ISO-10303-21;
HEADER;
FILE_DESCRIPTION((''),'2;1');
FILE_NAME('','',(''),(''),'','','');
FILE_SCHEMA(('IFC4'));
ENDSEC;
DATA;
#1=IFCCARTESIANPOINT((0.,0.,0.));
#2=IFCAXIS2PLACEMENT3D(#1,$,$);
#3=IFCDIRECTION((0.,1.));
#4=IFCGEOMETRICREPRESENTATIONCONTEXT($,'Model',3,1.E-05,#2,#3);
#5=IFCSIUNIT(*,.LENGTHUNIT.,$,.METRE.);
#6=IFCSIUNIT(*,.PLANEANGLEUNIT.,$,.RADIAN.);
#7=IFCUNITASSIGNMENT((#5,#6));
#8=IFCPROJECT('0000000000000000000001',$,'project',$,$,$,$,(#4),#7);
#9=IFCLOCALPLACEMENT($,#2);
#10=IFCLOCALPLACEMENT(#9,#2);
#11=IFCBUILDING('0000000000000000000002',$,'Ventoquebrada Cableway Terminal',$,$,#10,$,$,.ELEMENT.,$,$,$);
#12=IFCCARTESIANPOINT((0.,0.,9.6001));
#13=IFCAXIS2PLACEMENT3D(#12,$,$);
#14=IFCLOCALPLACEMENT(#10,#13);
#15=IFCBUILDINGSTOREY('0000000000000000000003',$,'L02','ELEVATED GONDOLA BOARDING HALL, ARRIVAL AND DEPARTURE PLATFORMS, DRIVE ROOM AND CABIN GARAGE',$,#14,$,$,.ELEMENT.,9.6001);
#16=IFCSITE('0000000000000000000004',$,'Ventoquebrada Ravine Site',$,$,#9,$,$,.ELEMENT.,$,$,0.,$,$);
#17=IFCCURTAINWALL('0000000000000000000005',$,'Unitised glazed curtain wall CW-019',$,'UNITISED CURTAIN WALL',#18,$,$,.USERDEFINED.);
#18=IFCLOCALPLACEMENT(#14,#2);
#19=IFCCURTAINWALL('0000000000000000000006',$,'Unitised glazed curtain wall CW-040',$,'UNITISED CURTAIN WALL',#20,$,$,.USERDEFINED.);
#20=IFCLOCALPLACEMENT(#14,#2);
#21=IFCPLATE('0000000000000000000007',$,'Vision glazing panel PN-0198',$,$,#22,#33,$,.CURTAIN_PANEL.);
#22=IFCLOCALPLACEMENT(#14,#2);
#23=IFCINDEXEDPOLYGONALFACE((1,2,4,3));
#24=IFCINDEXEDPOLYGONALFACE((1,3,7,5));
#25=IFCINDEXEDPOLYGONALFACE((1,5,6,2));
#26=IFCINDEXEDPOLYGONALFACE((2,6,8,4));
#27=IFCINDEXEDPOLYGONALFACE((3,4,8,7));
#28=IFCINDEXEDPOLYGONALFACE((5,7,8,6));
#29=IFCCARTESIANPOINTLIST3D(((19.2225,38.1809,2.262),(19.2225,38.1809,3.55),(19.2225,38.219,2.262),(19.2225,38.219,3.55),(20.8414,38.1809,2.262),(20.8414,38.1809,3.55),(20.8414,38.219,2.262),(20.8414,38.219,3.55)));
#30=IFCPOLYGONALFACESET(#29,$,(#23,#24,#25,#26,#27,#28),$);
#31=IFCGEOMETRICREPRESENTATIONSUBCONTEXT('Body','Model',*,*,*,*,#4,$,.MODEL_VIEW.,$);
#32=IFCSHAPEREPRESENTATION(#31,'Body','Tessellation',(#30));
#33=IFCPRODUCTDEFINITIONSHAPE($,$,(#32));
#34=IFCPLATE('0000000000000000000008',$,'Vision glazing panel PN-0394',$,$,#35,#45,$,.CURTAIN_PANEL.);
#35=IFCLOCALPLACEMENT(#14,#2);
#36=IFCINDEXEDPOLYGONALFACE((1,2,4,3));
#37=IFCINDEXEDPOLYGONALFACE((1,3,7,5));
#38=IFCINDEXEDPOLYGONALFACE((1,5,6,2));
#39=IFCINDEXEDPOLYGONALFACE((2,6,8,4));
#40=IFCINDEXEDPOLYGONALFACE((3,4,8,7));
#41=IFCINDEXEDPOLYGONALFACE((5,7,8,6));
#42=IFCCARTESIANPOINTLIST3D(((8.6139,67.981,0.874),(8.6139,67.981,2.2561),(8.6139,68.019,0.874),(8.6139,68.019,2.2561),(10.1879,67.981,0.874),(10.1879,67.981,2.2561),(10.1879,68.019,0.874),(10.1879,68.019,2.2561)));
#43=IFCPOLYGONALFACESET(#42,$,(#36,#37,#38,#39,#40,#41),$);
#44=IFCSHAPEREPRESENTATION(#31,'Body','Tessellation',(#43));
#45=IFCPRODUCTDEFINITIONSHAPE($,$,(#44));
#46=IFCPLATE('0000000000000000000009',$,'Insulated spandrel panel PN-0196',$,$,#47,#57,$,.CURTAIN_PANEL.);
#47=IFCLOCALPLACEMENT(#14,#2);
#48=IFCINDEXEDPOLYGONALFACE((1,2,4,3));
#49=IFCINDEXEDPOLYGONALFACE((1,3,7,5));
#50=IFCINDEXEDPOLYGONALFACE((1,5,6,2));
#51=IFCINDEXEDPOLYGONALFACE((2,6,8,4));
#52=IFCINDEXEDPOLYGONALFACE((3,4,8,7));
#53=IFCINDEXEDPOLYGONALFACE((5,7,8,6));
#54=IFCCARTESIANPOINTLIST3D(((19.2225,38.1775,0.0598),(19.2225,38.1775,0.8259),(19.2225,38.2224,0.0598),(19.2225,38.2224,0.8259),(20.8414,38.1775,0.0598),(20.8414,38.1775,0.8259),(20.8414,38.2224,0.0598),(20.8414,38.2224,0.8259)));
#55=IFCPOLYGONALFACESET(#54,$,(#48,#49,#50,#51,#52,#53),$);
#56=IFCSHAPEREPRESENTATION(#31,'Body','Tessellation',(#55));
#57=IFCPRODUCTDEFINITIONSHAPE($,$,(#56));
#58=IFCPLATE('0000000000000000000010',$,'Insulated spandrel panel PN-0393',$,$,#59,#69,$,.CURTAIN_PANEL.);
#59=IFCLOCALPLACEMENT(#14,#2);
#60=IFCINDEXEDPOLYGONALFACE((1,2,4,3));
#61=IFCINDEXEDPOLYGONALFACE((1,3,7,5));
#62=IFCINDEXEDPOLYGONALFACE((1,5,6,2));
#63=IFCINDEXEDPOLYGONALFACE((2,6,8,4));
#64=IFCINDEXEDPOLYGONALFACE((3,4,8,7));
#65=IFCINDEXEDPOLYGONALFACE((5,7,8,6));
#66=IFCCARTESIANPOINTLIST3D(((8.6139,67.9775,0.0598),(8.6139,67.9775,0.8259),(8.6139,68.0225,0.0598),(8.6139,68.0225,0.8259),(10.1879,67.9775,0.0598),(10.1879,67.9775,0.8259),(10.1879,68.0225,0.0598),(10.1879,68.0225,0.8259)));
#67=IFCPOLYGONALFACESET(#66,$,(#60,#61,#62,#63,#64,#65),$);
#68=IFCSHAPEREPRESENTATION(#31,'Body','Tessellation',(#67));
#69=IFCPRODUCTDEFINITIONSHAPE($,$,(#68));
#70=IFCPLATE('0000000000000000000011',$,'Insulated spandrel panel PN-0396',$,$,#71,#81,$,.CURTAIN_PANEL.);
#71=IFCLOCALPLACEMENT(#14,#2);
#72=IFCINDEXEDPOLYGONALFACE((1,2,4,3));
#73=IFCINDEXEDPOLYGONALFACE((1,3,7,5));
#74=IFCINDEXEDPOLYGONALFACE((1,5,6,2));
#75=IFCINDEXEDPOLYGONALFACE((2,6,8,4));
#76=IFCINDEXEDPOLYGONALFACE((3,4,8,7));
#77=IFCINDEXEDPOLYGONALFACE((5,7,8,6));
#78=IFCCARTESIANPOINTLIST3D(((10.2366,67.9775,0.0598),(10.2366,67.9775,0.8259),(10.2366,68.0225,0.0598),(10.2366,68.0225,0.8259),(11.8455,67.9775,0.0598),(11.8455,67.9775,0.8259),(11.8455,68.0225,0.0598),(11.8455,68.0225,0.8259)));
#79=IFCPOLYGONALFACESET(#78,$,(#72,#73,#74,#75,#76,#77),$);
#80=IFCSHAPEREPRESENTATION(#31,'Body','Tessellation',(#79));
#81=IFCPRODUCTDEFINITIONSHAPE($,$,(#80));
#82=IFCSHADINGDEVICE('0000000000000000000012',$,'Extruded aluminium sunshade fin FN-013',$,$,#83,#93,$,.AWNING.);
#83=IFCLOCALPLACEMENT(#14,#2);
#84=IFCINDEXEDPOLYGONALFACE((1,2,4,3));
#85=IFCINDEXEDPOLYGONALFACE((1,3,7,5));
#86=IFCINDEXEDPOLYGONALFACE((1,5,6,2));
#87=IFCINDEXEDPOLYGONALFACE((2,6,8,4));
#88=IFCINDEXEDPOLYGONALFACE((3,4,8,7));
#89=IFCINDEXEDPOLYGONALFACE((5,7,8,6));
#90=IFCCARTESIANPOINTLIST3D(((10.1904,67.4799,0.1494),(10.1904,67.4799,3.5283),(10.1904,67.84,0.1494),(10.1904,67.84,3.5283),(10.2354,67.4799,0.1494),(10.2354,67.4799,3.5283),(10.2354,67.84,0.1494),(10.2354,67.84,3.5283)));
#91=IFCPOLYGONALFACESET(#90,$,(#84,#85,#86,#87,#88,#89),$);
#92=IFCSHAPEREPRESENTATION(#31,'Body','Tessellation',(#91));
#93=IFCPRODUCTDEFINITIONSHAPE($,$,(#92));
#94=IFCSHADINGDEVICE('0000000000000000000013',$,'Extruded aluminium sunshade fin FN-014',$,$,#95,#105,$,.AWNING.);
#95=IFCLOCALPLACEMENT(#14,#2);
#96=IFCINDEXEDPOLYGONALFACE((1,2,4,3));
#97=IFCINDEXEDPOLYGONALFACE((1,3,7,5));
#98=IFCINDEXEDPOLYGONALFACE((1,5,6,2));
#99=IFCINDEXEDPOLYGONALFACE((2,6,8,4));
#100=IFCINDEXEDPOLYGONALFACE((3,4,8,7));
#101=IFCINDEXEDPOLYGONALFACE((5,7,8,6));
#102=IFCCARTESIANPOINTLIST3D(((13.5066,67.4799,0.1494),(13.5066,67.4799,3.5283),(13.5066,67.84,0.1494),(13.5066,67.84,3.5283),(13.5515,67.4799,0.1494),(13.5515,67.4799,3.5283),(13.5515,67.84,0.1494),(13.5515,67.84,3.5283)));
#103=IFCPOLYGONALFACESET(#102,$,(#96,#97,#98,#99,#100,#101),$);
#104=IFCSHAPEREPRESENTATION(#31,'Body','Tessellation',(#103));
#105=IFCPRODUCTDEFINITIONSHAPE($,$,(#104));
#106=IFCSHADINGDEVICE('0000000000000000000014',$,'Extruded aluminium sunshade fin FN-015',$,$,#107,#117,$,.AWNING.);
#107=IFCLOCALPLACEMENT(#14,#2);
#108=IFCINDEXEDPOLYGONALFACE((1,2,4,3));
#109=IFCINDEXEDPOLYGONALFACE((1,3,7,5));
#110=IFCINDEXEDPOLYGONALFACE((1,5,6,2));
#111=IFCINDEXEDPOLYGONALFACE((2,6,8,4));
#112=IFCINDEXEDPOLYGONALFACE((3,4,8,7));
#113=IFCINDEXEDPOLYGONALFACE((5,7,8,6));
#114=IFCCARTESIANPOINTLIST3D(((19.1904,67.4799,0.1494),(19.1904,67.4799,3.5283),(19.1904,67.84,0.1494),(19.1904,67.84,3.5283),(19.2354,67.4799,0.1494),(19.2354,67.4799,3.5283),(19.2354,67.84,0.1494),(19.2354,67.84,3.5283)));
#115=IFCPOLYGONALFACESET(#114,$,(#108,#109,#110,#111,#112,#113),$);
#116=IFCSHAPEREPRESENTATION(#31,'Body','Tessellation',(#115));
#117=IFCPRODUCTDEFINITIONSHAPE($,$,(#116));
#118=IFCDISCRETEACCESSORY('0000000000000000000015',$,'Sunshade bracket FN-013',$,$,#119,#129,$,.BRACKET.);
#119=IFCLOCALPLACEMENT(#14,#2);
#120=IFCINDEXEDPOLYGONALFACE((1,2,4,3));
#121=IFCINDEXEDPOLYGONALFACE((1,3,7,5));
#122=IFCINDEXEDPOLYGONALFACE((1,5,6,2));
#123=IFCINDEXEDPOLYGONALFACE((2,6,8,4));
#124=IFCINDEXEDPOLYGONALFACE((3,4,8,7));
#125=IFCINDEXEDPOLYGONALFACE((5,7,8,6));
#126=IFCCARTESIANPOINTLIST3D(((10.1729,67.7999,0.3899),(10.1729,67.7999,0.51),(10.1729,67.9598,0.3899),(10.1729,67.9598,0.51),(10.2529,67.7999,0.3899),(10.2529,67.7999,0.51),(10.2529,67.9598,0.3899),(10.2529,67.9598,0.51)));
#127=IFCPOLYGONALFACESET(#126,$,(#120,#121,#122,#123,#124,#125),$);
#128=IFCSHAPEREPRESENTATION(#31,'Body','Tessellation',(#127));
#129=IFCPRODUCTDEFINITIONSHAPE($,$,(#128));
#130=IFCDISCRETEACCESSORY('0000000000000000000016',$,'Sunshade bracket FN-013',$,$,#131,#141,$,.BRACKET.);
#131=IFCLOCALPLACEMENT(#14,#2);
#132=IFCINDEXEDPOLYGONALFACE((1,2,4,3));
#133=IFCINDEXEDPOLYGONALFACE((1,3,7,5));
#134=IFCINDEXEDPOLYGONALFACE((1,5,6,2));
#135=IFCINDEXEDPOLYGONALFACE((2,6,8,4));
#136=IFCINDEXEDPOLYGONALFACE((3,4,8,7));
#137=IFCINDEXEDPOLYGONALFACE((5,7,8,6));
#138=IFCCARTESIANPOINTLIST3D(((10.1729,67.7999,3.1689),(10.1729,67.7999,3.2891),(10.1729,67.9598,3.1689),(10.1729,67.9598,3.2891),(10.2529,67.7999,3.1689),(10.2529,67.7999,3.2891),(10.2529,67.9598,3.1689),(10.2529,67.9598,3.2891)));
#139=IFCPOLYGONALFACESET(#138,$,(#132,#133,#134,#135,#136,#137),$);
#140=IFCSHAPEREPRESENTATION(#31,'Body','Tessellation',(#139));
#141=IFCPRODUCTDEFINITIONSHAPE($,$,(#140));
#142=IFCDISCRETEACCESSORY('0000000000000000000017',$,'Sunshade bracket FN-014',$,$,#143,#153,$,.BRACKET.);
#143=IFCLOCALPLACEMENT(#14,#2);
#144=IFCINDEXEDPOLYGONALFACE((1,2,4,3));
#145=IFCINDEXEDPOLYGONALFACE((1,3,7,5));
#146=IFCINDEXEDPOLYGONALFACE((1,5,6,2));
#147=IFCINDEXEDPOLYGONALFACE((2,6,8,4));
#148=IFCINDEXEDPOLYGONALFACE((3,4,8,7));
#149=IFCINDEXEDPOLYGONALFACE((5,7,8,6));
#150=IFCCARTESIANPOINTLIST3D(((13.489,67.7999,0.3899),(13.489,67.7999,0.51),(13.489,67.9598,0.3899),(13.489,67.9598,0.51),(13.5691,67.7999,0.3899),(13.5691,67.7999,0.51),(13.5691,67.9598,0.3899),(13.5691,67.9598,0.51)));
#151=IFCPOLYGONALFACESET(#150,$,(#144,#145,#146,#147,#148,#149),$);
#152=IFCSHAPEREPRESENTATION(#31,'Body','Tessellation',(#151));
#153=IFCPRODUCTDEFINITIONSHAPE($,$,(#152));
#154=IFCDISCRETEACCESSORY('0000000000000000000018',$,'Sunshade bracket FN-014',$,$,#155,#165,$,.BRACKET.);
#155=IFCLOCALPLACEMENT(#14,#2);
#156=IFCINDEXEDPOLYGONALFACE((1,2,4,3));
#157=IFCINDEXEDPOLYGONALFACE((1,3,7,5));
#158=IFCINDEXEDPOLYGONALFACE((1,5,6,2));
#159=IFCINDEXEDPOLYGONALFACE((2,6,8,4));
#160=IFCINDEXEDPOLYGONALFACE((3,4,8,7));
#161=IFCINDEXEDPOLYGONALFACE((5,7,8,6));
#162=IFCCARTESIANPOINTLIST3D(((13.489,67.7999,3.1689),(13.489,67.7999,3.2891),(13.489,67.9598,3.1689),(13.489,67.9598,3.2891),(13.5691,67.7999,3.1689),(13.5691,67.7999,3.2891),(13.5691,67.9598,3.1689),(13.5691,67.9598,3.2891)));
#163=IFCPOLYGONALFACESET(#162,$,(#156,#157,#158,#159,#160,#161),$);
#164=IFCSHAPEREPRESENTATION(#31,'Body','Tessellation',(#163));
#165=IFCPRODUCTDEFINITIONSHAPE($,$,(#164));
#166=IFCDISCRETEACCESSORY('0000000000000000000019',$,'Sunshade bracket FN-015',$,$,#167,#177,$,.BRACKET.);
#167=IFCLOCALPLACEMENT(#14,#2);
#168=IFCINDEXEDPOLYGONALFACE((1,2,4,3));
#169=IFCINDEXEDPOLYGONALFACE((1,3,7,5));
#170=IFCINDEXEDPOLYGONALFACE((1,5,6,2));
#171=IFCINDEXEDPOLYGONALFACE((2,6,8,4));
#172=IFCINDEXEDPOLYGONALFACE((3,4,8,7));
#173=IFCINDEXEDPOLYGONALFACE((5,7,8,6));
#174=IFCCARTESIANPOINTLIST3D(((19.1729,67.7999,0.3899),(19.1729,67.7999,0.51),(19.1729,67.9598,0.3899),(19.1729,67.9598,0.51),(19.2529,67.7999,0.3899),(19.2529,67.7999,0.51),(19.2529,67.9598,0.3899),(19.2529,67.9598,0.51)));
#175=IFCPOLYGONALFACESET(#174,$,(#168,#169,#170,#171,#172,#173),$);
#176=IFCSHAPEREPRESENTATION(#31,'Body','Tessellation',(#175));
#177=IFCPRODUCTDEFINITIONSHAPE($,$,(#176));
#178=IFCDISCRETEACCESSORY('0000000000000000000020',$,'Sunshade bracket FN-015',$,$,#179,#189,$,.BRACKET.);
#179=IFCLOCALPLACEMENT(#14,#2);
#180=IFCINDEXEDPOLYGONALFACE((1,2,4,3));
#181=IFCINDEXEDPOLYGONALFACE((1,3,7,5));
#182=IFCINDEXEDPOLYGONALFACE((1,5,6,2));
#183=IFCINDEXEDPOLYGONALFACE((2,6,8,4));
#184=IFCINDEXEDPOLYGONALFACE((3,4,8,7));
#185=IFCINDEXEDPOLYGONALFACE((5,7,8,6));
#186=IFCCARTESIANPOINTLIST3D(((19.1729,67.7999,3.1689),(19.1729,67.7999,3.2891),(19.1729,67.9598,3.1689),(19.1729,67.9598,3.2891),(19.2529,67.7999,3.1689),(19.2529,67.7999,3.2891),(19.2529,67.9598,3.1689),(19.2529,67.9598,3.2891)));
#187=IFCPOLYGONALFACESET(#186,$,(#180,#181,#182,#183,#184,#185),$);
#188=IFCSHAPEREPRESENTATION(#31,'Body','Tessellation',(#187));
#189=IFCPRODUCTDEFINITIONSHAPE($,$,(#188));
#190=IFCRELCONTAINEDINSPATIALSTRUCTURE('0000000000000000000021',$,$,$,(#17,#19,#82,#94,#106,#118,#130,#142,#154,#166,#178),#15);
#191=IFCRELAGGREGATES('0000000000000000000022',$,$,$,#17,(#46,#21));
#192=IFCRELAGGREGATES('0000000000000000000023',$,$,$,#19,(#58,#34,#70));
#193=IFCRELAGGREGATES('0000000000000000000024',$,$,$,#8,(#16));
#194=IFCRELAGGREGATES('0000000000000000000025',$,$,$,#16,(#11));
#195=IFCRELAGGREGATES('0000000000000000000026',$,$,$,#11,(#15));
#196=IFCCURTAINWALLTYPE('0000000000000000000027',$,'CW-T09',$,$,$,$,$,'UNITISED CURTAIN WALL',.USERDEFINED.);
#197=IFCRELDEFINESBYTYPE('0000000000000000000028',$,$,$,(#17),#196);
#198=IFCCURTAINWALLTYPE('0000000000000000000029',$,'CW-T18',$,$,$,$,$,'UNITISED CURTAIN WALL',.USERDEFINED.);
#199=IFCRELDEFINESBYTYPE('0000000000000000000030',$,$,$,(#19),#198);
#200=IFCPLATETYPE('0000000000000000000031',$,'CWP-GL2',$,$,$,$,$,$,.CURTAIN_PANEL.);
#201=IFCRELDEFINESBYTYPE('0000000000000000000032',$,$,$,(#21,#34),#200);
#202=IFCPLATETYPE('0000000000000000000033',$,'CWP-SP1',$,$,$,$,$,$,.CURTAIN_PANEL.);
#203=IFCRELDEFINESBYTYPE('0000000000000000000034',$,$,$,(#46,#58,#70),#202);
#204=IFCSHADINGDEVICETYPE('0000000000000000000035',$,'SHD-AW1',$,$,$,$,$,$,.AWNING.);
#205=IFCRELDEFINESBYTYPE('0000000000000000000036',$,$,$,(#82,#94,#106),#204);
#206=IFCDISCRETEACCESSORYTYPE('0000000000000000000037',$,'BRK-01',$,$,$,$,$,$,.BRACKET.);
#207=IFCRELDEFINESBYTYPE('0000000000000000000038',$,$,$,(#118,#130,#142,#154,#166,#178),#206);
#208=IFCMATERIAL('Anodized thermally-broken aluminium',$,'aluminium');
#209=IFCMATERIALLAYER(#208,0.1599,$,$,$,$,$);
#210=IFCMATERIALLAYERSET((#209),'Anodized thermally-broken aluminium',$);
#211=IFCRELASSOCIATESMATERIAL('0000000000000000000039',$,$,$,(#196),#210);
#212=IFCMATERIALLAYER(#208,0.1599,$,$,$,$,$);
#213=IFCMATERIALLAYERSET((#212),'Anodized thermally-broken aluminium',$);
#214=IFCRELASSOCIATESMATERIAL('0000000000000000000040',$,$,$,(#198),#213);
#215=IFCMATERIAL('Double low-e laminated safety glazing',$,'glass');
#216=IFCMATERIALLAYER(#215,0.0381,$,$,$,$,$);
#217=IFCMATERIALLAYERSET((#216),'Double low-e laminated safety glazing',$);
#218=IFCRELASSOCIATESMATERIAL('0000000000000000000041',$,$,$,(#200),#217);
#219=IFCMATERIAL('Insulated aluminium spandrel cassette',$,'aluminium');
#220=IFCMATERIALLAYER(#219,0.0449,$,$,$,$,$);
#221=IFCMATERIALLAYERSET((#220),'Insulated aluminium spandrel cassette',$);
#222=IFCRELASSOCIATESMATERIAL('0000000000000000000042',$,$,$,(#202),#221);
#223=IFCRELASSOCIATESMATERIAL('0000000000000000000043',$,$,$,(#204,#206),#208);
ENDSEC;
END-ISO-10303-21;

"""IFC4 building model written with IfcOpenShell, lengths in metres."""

from ifc_helpers import new_model, si_unit, direction, frame, origin, origin_2d, place, context, subcontext, project, spatial, rectangle, extrude, material, layer, layer_set, type_object, element, aggregate, save


model = new_model("IFC4")

# Units and contexts
model_context = context("Model", 3, precision=1e-05, world=origin(), true_north=direction((0.0, 1.0)))
body_context = subcontext(model_context, "Body", "Model", "MODEL_VIEW")
ifc_project = project(units=[si_unit("LENGTHUNIT", "METRE"), si_unit("PLANEANGLEUNIT", "RADIAN")], contexts=[model_context])

# Site, building, storey
site_placement = place(None, origin())
site = spatial("IfcSite", under=ifc_project, at=site_placement, Name="Ventoquebrada Ravine Site", CompositionType="ELEMENT", RefElevation=0.0)
building_placement = place(site_placement, origin())
building = spatial("IfcBuilding", under=site, at=building_placement, Name="Ventoquebrada Cableway Terminal", CompositionType="ELEMENT")
storey_placement = place(building_placement, frame((0.0, 0.0, 9.6001)))
storey = spatial("IfcBuildingStorey", under=building, at=storey_placement, Name="L02", Description="ELEVATED GONDOLA BOARDING HALL, ARRIVAL AND DEPARTURE PLATFORMS, DRIVE ROOM AND CABIN GARAGE", CompositionType="ELEMENT", Elevation=9.6001)

# Curtain wall
ifc_material_1 = material(Name="Anodized thermally-broken aluminium", Category="aluminium")
ifc_layer_1 = layer(ifc_material_1, 0.1599)
ifc_layer_set_1 = layer_set([ifc_layer_1], Name="Anodized thermally-broken aluminium")
curtain_wall_type_1 = type_object("IfcCurtainWallType", Name="CW-T09", ElementType="UNITISED CURTAIN WALL", PredefinedType="USERDEFINED", material=ifc_layer_set_1)
curtain_wall_1_placement = place(storey_placement, origin())
curtain_wall_1 = element("IfcCurtainWall", 1, at=curtain_wall_1_placement, inside=storey, type_object=curtain_wall_type_1, Name="Unitised glazed curtain wall CW-019", ObjectType="UNITISED CURTAIN WALL", PredefinedType="USERDEFINED")

# Curtain wall
ifc_layer_2 = layer(ifc_material_1, 0.1599)
ifc_layer_set_2 = layer_set([ifc_layer_2], Name="Anodized thermally-broken aluminium")
curtain_wall_type_2 = type_object("IfcCurtainWallType", Name="CW-T18", ElementType="UNITISED CURTAIN WALL", PredefinedType="USERDEFINED", material=ifc_layer_set_2)
curtain_wall_2_placement = place(storey_placement, origin())
curtain_wall_2 = element("IfcCurtainWall", 2, at=curtain_wall_2_placement, inside=storey, type_object=curtain_wall_type_2, Name="Unitised glazed curtain wall CW-040", ObjectType="UNITISED CURTAIN WALL", PredefinedType="USERDEFINED")

# Plates
ifc_material_2 = material(Name="Double low-e laminated safety glazing", Category="glass")
ifc_layer_3 = layer(ifc_material_2, 0.0381)
ifc_layer_set_3 = layer_set([ifc_layer_3], Name="Double low-e laminated safety glazing")
plate_type_1 = type_object("IfcPlateType", Name="CWP-GL2", PredefinedType="CURTAIN_PANEL", material=ifc_layer_set_3)
plate_1_placement = place(storey_placement, frame((20.032, 38.2, 2.262), z_axis=(0.0, 0.0, 1.0), x_axis=(-1.0, 0.0, 0.0)))
plate_1 = element("IfcPlate", 3, at=plate_1_placement, type_object=plate_type_1, Name="Vision glazing panel PN-0198", PredefinedType="CURTAIN_PANEL", context=body_context, shape_type="SweptSolid", body=[
    extrude(rectangle(XDim=1.6189, YDim=0.0381, at=origin_2d()), origin(), (0.0, 0.0, 1.0), 1.2881),
])
plate_2_placement = place(storey_placement, frame((9.4009, 68.0, 0.874), z_axis=(0.0, 0.0, 1.0), x_axis=(1.0, 0.0, 0.0)))
plate_2 = element("IfcPlate", 4, at=plate_2_placement, type_object=plate_type_1, Name="Vision glazing panel PN-0394", PredefinedType="CURTAIN_PANEL", context=body_context, shape_type="SweptSolid", body=[
    extrude(rectangle(XDim=1.574, YDim=0.0381, at=origin_2d()), origin(), (0.0, 0.0, 1.0), 1.3821),
])
ifc_material_3 = material(Name="Insulated aluminium spandrel cassette", Category="aluminium")
ifc_layer_4 = layer(ifc_material_3, 0.0449)
ifc_layer_set_4 = layer_set([ifc_layer_4], Name="Insulated aluminium spandrel cassette")
plate_type_2 = type_object("IfcPlateType", Name="CWP-SP1", PredefinedType="CURTAIN_PANEL", material=ifc_layer_set_4)
plate_3_placement = place(storey_placement, frame((20.032, 38.2, 0.0598), z_axis=(0.0, 0.0, 1.0), x_axis=(-1.0, 0.0, 0.0)))
plate_3 = element("IfcPlate", 5, at=plate_3_placement, type_object=plate_type_2, Name="Insulated spandrel panel PN-0196", PredefinedType="CURTAIN_PANEL", context=body_context, shape_type="SweptSolid", body=[
    extrude(rectangle(XDim=1.6189, YDim=0.0449, at=origin_2d()), origin(), (0.0, 0.0, 1.0), 0.7661),
])
aggregate(curtain_wall_1, [plate_3, plate_1])
plate_4_placement = place(storey_placement, frame((9.4009, 68.0, 0.0598), z_axis=(0.0, 0.0, 1.0), x_axis=(1.0, 0.0, 0.0)))
plate_4 = element("IfcPlate", 6, at=plate_4_placement, type_object=plate_type_2, Name="Insulated spandrel panel PN-0393", PredefinedType="CURTAIN_PANEL", context=body_context, shape_type="SweptSolid", body=[
    extrude(rectangle(XDim=1.574, YDim=0.0449, at=origin_2d()), origin(), (0.0, 0.0, 1.0), 0.7661),
])
plate_5_placement = place(storey_placement, frame((11.041, 68.0, 0.0598), z_axis=(0.0, 0.0, 1.0), x_axis=(1.0, 0.0, 0.0)))
plate_5 = element("IfcPlate", 7, at=plate_5_placement, type_object=plate_type_2, Name="Insulated spandrel panel PN-0396", PredefinedType="CURTAIN_PANEL", context=body_context, shape_type="SweptSolid", body=[
    extrude(rectangle(XDim=1.6089, YDim=0.0449, at=origin_2d()), origin(), (0.0, 0.0, 1.0), 0.7661),
])
aggregate(curtain_wall_2, [plate_4, plate_2, plate_5])

# Shading devices
shading_device_type = type_object("IfcShadingDeviceType", Name="SHD-AW1", PredefinedType="AWNING", material=ifc_material_1)
for number, where, z_axis, x_axis, name in (
    (8, (10.2129, 67.6599, 0.1494), (0.0, 0.0, 1.0), (1.0, 0.0, 0.0), "Extruded aluminium sunshade fin FN-013"),
    (9, (13.5291, 67.6599, 0.1494), (0.0, 0.0, 1.0), (1.0, 0.0, 0.0), "Extruded aluminium sunshade fin FN-014"),
    (10, (19.2129, 67.6599, 0.1494), (0.0, 0.0, 1.0), (1.0, 0.0, 0.0), "Extruded aluminium sunshade fin FN-015"),
):
    element("IfcShadingDevice", number, at=place(storey_placement, frame(where, z_axis=z_axis, x_axis=x_axis)), inside=storey, type_object=shading_device_type, Name=name, PredefinedType="AWNING", context=body_context, shape_type="SweptSolid", body=[
        extrude(rectangle(XDim=0.0449, YDim=0.3601, at=origin_2d()), origin(), (0.0, 0.0, 1.0), 3.3789),
    ])

# Discrete accessories
discrete_accessory_type = type_object("IfcDiscreteAccessoryType", Name="BRK-01", PredefinedType="BRACKET", material=ifc_material_1)
for number, where, z_axis, x_axis, name in (
    (11, (10.2129, 67.8799, 0.3899), (0.0, 0.0, 1.0), (1.0, 0.0, 0.0), "Sunshade bracket FN-013"),
    (12, (10.2129, 67.8799, 3.1689), (0.0, 0.0, 1.0), (1.0, 0.0, 0.0), "Sunshade bracket FN-013"),
    (13, (13.5291, 67.8799, 0.3899), (0.0, 0.0, 1.0), (1.0, 0.0, 0.0), "Sunshade bracket FN-014"),
    (14, (13.5291, 67.8799, 3.1689), (0.0, 0.0, 1.0), (1.0, 0.0, 0.0), "Sunshade bracket FN-014"),
    (15, (19.2129, 67.8799, 0.3899), (0.0, 0.0, 1.0), (1.0, 0.0, 0.0), "Sunshade bracket FN-015"),
    (16, (19.2129, 67.8799, 3.1689), (0.0, 0.0, 1.0), (1.0, 0.0, 0.0), "Sunshade bracket FN-015"),
):
    element("IfcDiscreteAccessory", number, at=place(storey_placement, frame(where, z_axis=z_axis, x_axis=x_axis)), inside=storey, type_object=discrete_accessory_type, Name=name, PredefinedType="BRACKET", context=body_context, shape_type="SweptSolid", body=[
        extrude(rectangle(XDim=0.0801, YDim=0.1599, at=origin_2d()), origin(), (0.0, 0.0, 1.0), 0.1201),
    ])

save(model, "model.ifc")
